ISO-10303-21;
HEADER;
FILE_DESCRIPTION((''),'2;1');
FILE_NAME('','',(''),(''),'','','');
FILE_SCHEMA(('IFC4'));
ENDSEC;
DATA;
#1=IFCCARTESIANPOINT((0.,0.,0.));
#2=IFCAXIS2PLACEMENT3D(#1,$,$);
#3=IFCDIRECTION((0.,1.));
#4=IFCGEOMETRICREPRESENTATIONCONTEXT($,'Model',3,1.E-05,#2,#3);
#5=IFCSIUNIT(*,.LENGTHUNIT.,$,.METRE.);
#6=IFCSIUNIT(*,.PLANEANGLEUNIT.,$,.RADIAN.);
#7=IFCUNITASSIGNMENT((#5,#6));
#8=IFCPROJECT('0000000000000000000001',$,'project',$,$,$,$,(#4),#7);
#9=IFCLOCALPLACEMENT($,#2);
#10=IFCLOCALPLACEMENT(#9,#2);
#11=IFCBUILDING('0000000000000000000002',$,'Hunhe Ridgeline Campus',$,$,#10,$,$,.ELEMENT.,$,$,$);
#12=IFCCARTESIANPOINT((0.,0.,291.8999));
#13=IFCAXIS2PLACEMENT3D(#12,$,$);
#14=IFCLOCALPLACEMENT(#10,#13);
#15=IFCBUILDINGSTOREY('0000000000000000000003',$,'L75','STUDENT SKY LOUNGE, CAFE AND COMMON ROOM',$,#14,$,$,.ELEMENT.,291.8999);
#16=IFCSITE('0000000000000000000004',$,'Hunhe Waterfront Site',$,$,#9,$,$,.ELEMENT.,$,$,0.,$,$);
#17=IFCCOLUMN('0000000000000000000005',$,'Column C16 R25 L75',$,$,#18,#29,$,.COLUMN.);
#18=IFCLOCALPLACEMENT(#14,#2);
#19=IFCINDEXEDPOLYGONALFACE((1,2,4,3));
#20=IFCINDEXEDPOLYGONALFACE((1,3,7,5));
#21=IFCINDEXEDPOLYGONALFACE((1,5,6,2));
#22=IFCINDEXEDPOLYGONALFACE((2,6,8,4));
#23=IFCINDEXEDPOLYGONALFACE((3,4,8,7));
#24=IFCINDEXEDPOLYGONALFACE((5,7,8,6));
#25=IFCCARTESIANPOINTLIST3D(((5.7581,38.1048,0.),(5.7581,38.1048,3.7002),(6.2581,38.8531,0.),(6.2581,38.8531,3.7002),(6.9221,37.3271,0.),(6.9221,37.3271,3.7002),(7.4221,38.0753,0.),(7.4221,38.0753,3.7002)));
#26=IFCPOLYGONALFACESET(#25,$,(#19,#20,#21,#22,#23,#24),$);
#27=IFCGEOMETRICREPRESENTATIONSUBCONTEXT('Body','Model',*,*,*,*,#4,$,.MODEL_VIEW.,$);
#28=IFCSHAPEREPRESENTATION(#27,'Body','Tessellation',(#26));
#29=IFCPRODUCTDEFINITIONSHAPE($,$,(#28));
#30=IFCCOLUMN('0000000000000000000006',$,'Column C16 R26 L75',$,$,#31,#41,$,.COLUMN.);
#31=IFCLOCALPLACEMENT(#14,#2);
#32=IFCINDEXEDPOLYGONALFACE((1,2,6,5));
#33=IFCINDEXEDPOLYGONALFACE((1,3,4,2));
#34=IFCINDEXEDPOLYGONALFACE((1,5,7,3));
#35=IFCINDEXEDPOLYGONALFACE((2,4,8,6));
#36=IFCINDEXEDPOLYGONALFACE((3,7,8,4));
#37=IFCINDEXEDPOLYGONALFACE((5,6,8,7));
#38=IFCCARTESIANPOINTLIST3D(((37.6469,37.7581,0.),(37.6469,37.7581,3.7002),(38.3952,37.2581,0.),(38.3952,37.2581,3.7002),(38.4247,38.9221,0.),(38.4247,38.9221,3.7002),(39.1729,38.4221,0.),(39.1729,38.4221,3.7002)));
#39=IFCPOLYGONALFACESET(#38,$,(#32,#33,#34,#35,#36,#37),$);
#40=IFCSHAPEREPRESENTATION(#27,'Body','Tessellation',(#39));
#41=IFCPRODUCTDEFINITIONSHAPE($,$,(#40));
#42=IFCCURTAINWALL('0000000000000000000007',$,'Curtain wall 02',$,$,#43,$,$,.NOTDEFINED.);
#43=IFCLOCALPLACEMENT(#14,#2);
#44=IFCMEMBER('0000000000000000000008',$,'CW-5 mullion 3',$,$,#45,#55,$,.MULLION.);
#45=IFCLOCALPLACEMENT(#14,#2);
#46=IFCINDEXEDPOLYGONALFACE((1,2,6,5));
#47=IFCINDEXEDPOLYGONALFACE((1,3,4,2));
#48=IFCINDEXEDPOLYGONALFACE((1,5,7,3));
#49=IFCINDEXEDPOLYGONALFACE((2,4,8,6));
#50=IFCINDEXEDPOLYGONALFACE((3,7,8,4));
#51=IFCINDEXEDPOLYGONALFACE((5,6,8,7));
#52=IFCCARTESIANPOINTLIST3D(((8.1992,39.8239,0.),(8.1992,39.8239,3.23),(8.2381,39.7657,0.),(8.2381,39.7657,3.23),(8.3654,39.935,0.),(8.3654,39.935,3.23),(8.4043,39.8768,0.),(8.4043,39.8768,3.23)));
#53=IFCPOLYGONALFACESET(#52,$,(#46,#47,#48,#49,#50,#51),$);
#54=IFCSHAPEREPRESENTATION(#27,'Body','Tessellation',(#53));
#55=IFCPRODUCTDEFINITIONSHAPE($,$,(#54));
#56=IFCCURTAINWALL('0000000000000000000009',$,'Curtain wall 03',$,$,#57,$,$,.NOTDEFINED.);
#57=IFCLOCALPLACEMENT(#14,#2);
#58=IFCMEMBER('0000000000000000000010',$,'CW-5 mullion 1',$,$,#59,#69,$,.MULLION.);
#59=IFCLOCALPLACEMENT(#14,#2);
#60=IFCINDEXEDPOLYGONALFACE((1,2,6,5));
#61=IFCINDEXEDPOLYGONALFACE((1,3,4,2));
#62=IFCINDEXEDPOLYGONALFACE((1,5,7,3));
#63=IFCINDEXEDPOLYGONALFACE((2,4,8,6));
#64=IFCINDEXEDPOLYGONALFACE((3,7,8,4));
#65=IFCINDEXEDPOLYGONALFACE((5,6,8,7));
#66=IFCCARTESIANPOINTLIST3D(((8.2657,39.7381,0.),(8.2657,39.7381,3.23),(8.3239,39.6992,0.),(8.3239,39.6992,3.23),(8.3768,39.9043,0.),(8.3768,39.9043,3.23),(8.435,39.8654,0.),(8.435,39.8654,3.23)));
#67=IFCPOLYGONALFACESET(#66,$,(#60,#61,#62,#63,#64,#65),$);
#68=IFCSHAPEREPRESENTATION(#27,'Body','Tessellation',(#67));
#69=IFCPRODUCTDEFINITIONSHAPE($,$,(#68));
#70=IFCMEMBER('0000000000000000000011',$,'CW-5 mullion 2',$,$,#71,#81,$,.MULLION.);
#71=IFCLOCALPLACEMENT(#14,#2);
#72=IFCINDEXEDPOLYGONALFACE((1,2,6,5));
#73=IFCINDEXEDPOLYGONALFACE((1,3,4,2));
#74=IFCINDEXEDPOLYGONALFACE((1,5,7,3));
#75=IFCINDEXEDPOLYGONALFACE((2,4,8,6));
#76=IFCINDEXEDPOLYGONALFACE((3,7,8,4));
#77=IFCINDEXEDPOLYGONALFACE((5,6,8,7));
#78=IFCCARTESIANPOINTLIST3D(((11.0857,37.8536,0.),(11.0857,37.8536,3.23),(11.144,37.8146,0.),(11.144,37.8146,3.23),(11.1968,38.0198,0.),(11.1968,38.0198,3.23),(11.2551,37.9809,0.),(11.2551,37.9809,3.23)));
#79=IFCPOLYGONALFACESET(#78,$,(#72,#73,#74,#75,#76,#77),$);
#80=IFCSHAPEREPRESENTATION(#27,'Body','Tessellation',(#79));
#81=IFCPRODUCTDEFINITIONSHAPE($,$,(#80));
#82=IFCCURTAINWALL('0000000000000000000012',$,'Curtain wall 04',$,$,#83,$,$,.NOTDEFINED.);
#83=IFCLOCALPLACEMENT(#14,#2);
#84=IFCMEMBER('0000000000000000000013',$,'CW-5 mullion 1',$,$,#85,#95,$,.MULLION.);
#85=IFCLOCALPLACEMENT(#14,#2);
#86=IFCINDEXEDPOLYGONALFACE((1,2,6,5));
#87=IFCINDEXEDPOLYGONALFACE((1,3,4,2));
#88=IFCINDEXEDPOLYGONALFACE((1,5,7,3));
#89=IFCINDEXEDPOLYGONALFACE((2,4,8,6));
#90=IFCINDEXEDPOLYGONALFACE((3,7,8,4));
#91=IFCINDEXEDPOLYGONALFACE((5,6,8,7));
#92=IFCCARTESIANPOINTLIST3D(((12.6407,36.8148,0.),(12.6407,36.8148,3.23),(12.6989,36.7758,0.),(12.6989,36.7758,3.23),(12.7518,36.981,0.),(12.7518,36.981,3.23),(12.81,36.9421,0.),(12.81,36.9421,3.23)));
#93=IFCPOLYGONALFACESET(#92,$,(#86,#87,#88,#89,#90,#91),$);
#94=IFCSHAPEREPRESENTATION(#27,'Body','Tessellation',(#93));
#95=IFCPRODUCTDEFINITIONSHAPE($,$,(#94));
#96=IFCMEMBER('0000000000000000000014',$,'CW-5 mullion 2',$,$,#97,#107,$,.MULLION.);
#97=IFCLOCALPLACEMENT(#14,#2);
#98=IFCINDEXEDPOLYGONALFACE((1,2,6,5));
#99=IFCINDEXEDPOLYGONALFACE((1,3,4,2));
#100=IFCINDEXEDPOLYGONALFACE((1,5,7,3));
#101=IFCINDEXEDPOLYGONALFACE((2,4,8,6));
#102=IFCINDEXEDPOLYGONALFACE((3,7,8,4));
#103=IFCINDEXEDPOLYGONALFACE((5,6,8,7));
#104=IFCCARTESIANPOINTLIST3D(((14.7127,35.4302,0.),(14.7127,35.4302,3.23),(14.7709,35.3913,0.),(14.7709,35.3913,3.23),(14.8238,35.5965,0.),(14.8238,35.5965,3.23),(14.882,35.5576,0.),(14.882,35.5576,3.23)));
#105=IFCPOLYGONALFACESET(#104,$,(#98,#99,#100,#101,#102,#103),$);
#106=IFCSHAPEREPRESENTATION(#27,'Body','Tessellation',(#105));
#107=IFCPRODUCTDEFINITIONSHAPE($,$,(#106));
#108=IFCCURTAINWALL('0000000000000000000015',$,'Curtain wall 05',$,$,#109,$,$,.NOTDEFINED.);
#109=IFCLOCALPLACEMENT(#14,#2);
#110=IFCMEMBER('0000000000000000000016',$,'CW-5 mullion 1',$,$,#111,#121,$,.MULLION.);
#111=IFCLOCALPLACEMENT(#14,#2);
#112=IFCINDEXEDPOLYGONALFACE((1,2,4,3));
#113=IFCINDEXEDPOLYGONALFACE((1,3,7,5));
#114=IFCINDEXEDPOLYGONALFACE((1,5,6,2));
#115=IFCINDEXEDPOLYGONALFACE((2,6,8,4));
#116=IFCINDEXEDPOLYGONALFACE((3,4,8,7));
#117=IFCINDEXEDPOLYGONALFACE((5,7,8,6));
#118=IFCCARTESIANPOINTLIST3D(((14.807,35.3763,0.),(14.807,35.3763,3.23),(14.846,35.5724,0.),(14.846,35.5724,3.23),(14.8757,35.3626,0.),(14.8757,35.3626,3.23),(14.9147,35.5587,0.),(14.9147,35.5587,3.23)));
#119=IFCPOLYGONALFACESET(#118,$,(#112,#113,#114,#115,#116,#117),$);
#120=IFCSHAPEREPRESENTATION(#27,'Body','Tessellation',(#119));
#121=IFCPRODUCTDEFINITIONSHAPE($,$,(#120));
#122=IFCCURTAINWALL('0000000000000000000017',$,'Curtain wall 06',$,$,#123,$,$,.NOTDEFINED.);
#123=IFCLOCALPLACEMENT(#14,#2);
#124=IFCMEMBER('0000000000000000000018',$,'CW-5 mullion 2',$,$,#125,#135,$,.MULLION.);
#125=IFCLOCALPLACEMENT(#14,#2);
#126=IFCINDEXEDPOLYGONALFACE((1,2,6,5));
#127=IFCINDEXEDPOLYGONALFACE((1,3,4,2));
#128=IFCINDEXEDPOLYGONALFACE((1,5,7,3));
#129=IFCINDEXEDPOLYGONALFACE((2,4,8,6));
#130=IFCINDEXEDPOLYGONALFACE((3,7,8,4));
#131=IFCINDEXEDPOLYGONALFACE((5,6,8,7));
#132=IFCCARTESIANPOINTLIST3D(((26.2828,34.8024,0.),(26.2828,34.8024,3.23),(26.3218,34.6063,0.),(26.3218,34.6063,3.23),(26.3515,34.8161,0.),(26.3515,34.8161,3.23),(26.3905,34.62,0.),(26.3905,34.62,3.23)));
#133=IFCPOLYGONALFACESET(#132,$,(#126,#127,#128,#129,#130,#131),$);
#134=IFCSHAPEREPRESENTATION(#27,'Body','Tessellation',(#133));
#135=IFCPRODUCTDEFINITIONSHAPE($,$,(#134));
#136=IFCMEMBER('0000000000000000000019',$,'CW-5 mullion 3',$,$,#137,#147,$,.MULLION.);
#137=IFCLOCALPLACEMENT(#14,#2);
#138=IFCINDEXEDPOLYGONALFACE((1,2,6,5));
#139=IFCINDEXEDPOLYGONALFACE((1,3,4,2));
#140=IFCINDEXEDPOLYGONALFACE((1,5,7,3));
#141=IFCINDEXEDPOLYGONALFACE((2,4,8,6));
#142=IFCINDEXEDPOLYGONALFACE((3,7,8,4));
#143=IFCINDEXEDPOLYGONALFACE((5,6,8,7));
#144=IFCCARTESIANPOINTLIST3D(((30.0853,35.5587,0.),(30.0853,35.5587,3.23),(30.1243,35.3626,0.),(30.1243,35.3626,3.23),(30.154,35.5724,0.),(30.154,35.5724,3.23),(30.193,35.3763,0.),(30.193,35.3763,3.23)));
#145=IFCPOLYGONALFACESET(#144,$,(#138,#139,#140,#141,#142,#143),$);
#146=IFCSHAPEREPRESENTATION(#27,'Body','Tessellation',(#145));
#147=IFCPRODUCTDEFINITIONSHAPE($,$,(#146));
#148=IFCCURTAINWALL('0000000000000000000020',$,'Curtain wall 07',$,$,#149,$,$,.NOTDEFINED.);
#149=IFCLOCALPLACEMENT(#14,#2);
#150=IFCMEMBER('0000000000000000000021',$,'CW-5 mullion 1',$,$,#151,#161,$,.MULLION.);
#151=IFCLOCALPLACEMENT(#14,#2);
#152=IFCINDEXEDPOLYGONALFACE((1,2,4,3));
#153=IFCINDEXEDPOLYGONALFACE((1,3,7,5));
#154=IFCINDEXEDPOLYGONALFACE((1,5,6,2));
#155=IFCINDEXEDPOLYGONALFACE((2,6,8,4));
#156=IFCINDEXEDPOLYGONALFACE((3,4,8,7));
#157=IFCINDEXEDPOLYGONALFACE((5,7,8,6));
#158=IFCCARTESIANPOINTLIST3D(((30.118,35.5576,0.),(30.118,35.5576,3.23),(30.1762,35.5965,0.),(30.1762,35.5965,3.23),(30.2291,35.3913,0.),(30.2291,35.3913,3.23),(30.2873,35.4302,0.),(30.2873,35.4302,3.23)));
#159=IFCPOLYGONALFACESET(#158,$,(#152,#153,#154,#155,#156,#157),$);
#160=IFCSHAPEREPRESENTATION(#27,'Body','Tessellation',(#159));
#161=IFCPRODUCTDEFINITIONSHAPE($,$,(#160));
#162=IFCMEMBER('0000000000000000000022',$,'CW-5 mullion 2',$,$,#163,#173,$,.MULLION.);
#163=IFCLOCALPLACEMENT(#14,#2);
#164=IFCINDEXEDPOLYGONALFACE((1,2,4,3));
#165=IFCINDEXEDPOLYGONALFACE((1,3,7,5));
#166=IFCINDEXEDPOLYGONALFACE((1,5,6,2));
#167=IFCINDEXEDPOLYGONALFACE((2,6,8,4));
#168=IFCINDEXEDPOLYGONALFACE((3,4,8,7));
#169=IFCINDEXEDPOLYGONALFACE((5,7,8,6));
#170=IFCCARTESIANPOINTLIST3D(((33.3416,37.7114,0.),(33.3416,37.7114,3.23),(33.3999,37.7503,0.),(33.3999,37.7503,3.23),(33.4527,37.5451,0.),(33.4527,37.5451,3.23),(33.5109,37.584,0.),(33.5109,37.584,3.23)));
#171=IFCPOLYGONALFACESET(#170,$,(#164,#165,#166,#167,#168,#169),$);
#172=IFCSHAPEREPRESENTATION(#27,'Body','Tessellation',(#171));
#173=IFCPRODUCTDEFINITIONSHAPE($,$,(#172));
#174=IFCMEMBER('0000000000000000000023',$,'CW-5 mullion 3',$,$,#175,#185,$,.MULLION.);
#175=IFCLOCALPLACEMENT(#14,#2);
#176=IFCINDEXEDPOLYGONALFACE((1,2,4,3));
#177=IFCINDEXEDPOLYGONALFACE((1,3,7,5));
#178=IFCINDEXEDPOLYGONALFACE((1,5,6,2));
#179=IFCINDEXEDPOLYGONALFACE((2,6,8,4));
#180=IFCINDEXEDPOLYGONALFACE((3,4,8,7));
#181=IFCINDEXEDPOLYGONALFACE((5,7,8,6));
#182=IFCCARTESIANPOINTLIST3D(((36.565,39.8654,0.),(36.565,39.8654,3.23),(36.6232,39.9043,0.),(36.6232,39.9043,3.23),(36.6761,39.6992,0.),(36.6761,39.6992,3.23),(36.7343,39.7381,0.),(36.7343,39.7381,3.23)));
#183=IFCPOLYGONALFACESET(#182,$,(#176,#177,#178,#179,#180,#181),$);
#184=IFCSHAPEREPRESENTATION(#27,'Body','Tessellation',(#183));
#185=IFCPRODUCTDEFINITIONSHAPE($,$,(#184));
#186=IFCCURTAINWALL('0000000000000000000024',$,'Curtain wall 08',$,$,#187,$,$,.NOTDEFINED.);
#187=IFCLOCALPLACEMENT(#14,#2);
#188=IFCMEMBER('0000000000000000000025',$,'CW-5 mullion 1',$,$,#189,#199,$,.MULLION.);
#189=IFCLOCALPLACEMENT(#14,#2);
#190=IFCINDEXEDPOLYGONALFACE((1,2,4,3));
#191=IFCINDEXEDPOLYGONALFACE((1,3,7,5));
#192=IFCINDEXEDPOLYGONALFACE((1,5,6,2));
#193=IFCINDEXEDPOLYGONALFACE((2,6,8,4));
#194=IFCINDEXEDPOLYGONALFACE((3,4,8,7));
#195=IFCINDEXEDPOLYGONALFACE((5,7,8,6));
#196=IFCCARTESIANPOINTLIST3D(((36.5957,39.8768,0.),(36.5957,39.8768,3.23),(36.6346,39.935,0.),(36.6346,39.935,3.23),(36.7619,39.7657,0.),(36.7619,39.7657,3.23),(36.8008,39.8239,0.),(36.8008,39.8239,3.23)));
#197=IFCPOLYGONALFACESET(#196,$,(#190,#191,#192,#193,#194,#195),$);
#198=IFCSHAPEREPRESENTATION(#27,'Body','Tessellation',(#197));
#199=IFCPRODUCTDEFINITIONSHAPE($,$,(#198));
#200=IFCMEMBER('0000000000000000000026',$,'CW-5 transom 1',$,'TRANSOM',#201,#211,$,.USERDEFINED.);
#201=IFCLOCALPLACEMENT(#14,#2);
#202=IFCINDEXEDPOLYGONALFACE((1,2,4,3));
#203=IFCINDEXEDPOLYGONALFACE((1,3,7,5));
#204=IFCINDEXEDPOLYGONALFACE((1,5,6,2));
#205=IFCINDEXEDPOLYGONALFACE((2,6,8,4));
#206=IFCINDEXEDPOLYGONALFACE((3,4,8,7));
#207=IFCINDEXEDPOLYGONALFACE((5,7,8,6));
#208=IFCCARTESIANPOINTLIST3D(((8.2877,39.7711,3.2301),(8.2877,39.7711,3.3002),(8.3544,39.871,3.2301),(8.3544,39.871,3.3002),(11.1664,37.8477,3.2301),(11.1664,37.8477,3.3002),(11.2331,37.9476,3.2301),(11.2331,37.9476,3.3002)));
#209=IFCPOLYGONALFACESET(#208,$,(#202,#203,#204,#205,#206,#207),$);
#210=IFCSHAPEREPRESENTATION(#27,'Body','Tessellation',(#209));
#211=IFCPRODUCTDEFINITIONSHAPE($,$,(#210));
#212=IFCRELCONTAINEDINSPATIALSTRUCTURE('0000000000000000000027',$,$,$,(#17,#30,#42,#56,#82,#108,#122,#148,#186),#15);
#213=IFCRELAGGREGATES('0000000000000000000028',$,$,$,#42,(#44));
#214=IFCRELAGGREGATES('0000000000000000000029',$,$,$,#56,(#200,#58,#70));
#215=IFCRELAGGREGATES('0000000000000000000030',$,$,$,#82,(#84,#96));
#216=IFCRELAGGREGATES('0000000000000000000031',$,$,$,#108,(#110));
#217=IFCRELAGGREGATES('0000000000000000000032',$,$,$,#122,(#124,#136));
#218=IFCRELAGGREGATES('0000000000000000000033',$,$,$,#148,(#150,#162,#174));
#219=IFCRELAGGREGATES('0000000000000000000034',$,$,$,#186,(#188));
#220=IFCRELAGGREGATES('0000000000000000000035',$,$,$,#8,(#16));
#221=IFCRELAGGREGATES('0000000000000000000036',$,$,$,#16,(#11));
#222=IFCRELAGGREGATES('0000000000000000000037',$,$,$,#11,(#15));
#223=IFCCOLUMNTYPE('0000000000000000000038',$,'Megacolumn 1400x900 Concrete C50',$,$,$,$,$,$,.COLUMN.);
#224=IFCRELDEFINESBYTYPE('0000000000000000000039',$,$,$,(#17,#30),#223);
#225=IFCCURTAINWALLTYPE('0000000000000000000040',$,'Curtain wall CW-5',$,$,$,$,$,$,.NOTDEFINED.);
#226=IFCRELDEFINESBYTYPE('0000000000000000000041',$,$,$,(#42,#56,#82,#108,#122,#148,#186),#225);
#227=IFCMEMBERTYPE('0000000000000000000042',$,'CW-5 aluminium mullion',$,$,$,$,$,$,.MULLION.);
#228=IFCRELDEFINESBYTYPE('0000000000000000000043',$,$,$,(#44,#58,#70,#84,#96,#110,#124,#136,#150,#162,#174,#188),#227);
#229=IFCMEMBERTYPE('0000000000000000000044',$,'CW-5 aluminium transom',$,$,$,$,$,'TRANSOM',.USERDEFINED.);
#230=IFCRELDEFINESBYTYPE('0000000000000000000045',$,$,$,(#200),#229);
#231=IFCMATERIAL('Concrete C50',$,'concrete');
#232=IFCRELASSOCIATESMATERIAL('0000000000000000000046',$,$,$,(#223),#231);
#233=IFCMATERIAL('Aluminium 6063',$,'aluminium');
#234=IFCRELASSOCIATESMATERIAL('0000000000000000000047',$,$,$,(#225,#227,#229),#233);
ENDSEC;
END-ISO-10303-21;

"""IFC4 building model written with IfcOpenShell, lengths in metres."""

from ifc_helpers import new_model, si_unit, direction, frame, origin, origin_2d, place, context, subcontext, project, spatial, rectangle, extrude, material, material_profile, profile_set, type_object, element, aggregate, save


model = new_model("IFC4")

# Units and contexts
model_context = context("Model", 3, precision=1e-05, world=origin(), true_north=direction((0.0, 1.0)))
body_context = subcontext(model_context, "Body", "Model", "MODEL_VIEW")
ifc_project = project(units=[si_unit("LENGTHUNIT", "METRE"), si_unit("PLANEANGLEUNIT", "RADIAN")], contexts=[model_context])

# Site, building, storey
site_placement = place(None, origin())
site = spatial("IfcSite", under=ifc_project, at=site_placement, Name="Hunhe Waterfront Site", CompositionType="ELEMENT", RefElevation=0.0)
building_placement = place(site_placement, origin())
building = spatial("IfcBuilding", under=site, at=building_placement, Name="Hunhe Ridgeline Campus", CompositionType="ELEMENT")
storey_placement = place(building_placement, frame((0.0, 0.0, 291.8999)))
storey = spatial("IfcBuildingStorey", under=building, at=storey_placement, Name="L75", Description="STUDENT SKY LOUNGE, CAFE AND COMMON ROOM", CompositionType="ELEMENT", Elevation=291.8999)

# Columns
ifc_material_1 = material(Name="Concrete C50", Category="concrete")
ifc_material_profile_1 = material_profile(ifc_material_1, rectangle(XDim=1.3999, YDim=0.8999, at=origin_2d()))
ifc_profile_set_1 = profile_set([ifc_material_profile_1], Name="Concrete C50")
column_type = type_object("IfcColumnType", Name="Megacolumn 1400x900 Concrete C50", PredefinedType="COLUMN", material=ifc_profile_set_1)
for number, where, z_axis, x_axis, name in (
    (1, (6.5901, 38.0901, 0.0), (0.0, 0.0, 1.0), (-0.83147, 0.55557, 0.0), "Column C16 R25 L75"),
    (2, (38.4099, 38.0901, 0.0), (0.0, 0.0, 1.0), (0.55557, 0.83147, 0.0), "Column C16 R26 L75"),
):
    element("IfcColumn", number, at=place(storey_placement, frame(where, z_axis=z_axis, x_axis=x_axis)), inside=storey, type_object=column_type, Name=name, PredefinedType="COLUMN", context=body_context, shape_type="SweptSolid", body=[
        extrude(rectangle(XDim=1.3999, YDim=0.8999, at=origin_2d()), origin(), (0.0, 0.0, 1.0), 3.7002),
    ])

# Curtain wall, member
ifc_material_2 = material(Name="Aluminium 6063", Category="aluminium")
curtain_wall_type = type_object("IfcCurtainWallType", Name="Curtain wall CW-5", PredefinedType="NOTDEFINED", material=ifc_material_2)
curtain_wall_1_placement = place(storey_placement, origin())
curtain_wall_1 = element("IfcCurtainWall", 3, at=curtain_wall_1_placement, inside=storey, type_object=curtain_wall_type, Name="Curtain wall 02", PredefinedType="NOTDEFINED")
ifc_material_profile_2 = material_profile(ifc_material_2, rectangle(XDim=0.2, YDim=0.0701, at=origin_2d()))
ifc_profile_set_2 = profile_set([ifc_material_profile_2], Name="Aluminium 6063")
member_type_1 = type_object("IfcMemberType", Name="CW-5 aluminium mullion", PredefinedType="MULLION", material=ifc_profile_set_2)
member_1_placement = place(storey_placement, frame((8.3018, 39.8503, 0.0), z_axis=(0.0, 0.0, 1.0), x_axis=(0.83147, 0.55557, 0.0)))
member_1 = element("IfcMember", 4, at=member_1_placement, type_object=member_type_1, Name="CW-5 mullion 3", PredefinedType="MULLION", context=body_context, shape_type="SweptSolid", body=[
    extrude(rectangle(XDim=0.2, YDim=0.0701, at=origin_2d()), origin(), (0.0, 0.0, 1.0), 3.23),
])

# Curtain walls, members
curtain_wall_2_placement = place(storey_placement, origin())
curtain_wall_2 = element("IfcCurtainWall", 5, at=curtain_wall_2_placement, inside=storey, type_object=curtain_wall_type, Name="Curtain wall 03", PredefinedType="NOTDEFINED")
member_2_placement = place(storey_placement, frame((8.3503, 39.8018, 0.0), z_axis=(0.0, 0.0, 1.0), x_axis=(0.55557, 0.83147, 0.0)))
member_2 = element("IfcMember", 6, at=member_2_placement, type_object=member_type_1, Name="CW-5 mullion 1", PredefinedType="MULLION", context=body_context, shape_type="SweptSolid", body=[
    extrude(rectangle(XDim=0.2, YDim=0.0701, at=origin_2d()), origin(), (0.0, 0.0, 1.0), 3.23),
])
member_3_placement = place(storey_placement, frame((11.1704, 37.9172, 0.0), z_axis=(0.0, 0.0, 1.0), x_axis=(0.55557, 0.83147, 0.0)))
member_3 = element("IfcMember", 7, at=member_3_placement, type_object=member_type_1, Name="CW-5 mullion 2", PredefinedType="MULLION", context=body_context, shape_type="SweptSolid", body=[
    extrude(rectangle(XDim=0.2, YDim=0.0701, at=origin_2d()), origin(), (0.0, 0.0, 1.0), 3.23),
])
curtain_wall_3_placement = place(storey_placement, origin())
curtain_wall_3 = element("IfcCurtainWall", 8, at=curtain_wall_3_placement, inside=storey, type_object=curtain_wall_type, Name="Curtain wall 04", PredefinedType="NOTDEFINED")
member_4_placement = place(storey_placement, frame((12.7253, 36.8784, 0.0), z_axis=(0.0, 0.0, 1.0), x_axis=(0.55557, 0.83147, 0.0)))
member_4 = element("IfcMember", 9, at=member_4_placement, type_object=member_type_1, Name="CW-5 mullion 1", PredefinedType="MULLION", context=body_context, shape_type="SweptSolid", body=[
    extrude(rectangle(XDim=0.2, YDim=0.0701, at=origin_2d()), origin(), (0.0, 0.0, 1.0), 3.23),
])
member_5_placement = place(storey_placement, frame((14.7974, 35.4939, 0.0), z_axis=(0.0, 0.0, 1.0), x_axis=(0.55557, 0.83147, 0.0)))
member_5 = element("IfcMember", 10, at=member_5_placement, type_object=member_type_1, Name="CW-5 mullion 2", PredefinedType="MULLION", context=body_context, shape_type="SweptSolid", body=[
    extrude(rectangle(XDim=0.2, YDim=0.0701, at=origin_2d()), origin(), (0.0, 0.0, 1.0), 3.23),
])

# Curtain wall, member
curtain_wall_4_placement = place(storey_placement, origin())
curtain_wall_4 = element("IfcCurtainWall", 11, at=curtain_wall_4_placement, inside=storey, type_object=curtain_wall_type, Name="Curtain wall 05", PredefinedType="NOTDEFINED")
member_6_placement = place(storey_placement, frame((14.8608, 35.4675, 0.0), z_axis=(0.0, 0.0, 1.0), x_axis=(0.19509, 0.980785, 0.0)))
member_6 = element("IfcMember", 12, at=member_6_placement, type_object=member_type_1, Name="CW-5 mullion 1", PredefinedType="MULLION", context=body_context, shape_type="SweptSolid", body=[
    extrude(rectangle(XDim=0.2, YDim=0.0701, at=origin_2d()), origin(), (0.0, 0.0, 1.0), 3.23),
])

# Curtain walls, members
curtain_wall_5_placement = place(storey_placement, origin())
curtain_wall_5 = element("IfcCurtainWall", 13, at=curtain_wall_5_placement, inside=storey, type_object=curtain_wall_type, Name="Curtain wall 06", PredefinedType="NOTDEFINED")
member_7_placement = place(storey_placement, frame((26.3367, 34.7112, 0.0), z_axis=(0.0, 0.0, 1.0), x_axis=(-0.19509, 0.980785, 0.0)))
member_7 = element("IfcMember", 14, at=member_7_placement, type_object=member_type_1, Name="CW-5 mullion 2", PredefinedType="MULLION", context=body_context, shape_type="SweptSolid", body=[
    extrude(rectangle(XDim=0.2, YDim=0.0701, at=origin_2d()), origin(), (0.0, 0.0, 1.0), 3.23),
])
member_8_placement = place(storey_placement, frame((30.1392, 35.4675, 0.0), z_axis=(0.0, 0.0, 1.0), x_axis=(-0.19509, 0.980785, 0.0)))
member_8 = element("IfcMember", 15, at=member_8_placement, type_object=member_type_1, Name="CW-5 mullion 3", PredefinedType="MULLION", context=body_context, shape_type="SweptSolid", body=[
    extrude(rectangle(XDim=0.2, YDim=0.0701, at=origin_2d()), origin(), (0.0, 0.0, 1.0), 3.23),
])
curtain_wall_6_placement = place(storey_placement, origin())
curtain_wall_6 = element("IfcCurtainWall", 16, at=curtain_wall_6_placement, inside=storey, type_object=curtain_wall_type, Name="Curtain wall 07", PredefinedType="NOTDEFINED")
member_9_placement = place(storey_placement, frame((30.2026, 35.4939, 0.0), z_axis=(0.0, 0.0, 1.0), x_axis=(-0.55557, 0.83147, 0.0)))
member_9 = element("IfcMember", 17, at=member_9_placement, type_object=member_type_1, Name="CW-5 mullion 1", PredefinedType="MULLION", context=body_context, shape_type="SweptSolid", body=[
    extrude(rectangle(XDim=0.2, YDim=0.0701, at=origin_2d()), origin(), (0.0, 0.0, 1.0), 3.23),
])
member_10_placement = place(storey_placement, frame((33.4263, 37.6477, 0.0), z_axis=(0.0, 0.0, 1.0), x_axis=(-0.55557, 0.83147, 0.0)))
member_10 = element("IfcMember", 18, at=member_10_placement, type_object=member_type_1, Name="CW-5 mullion 2", PredefinedType="MULLION", context=body_context, shape_type="SweptSolid", body=[
    extrude(rectangle(XDim=0.2, YDim=0.0701, at=origin_2d()), origin(), (0.0, 0.0, 1.0), 3.23),
])
member_11_placement = place(storey_placement, frame((36.6497, 39.8018, 0.0), z_axis=(0.0, 0.0, 1.0), x_axis=(-0.55557, 0.83147, 0.0)))
member_11 = element("IfcMember", 19, at=member_11_placement, type_object=member_type_1, Name="CW-5 mullion 3", PredefinedType="MULLION", context=body_context, shape_type="SweptSolid", body=[
    extrude(rectangle(XDim=0.2, YDim=0.0701, at=origin_2d()), origin(), (0.0, 0.0, 1.0), 3.23),
])

# Curtain wall, member
curtain_wall_7_placement = place(storey_placement, origin())
curtain_wall_7 = element("IfcCurtainWall", 20, at=curtain_wall_7_placement, inside=storey, type_object=curtain_wall_type, Name="Curtain wall 08", PredefinedType="NOTDEFINED")
member_12_placement = place(storey_placement, frame((36.6982, 39.8503, 0.0), z_axis=(0.0, 0.0, 1.0), x_axis=(-0.83147, 0.55557, 0.0)))
member_12 = element("IfcMember", 21, at=member_12_placement, type_object=member_type_1, Name="CW-5 mullion 1", PredefinedType="MULLION", context=body_context, shape_type="SweptSolid", body=[
    extrude(rectangle(XDim=0.2, YDim=0.0701, at=origin_2d()), origin(), (0.0, 0.0, 1.0), 3.23),
])

# Member
ifc_material_profile_3 = material_profile(ifc_material_2, rectangle(XDim=0.1201, YDim=0.0701, at=origin_2d()))
ifc_profile_set_3 = profile_set([ifc_material_profile_3], Name="Aluminium 6063")
member_type_2 = type_object("IfcMemberType", Name="CW-5 aluminium transom", ElementType="TRANSOM", PredefinedType="USERDEFINED", material=ifc_profile_set_3)
member_13_placement = place(storey_placement, frame((8.321, 39.821, 3.2651), z_axis=(0.831486, -0.555546, 0.0), x_axis=(0.555546, 0.831486, 0.0)))
member_13 = element("IfcMember", 22, at=member_13_placement, type_object=member_type_2, Name="CW-5 transom 1", ObjectType="TRANSOM", PredefinedType="USERDEFINED", context=body_context, shape_type="SweptSolid", body=[
    extrude(rectangle(XDim=0.1201, YDim=0.0701, at=origin_2d()), origin(), (0.0, 0.0, 1.0), 3.4622),
])

aggregate(curtain_wall_1, [member_1])
aggregate(curtain_wall_2, [member_13, member_2, member_3])
aggregate(curtain_wall_3, [member_4, member_5])
aggregate(curtain_wall_4, [member_6])
aggregate(curtain_wall_5, [member_7, member_8])
aggregate(curtain_wall_6, [member_9, member_10, member_11])
aggregate(curtain_wall_7, [member_12])

save(model, "model.ifc")
